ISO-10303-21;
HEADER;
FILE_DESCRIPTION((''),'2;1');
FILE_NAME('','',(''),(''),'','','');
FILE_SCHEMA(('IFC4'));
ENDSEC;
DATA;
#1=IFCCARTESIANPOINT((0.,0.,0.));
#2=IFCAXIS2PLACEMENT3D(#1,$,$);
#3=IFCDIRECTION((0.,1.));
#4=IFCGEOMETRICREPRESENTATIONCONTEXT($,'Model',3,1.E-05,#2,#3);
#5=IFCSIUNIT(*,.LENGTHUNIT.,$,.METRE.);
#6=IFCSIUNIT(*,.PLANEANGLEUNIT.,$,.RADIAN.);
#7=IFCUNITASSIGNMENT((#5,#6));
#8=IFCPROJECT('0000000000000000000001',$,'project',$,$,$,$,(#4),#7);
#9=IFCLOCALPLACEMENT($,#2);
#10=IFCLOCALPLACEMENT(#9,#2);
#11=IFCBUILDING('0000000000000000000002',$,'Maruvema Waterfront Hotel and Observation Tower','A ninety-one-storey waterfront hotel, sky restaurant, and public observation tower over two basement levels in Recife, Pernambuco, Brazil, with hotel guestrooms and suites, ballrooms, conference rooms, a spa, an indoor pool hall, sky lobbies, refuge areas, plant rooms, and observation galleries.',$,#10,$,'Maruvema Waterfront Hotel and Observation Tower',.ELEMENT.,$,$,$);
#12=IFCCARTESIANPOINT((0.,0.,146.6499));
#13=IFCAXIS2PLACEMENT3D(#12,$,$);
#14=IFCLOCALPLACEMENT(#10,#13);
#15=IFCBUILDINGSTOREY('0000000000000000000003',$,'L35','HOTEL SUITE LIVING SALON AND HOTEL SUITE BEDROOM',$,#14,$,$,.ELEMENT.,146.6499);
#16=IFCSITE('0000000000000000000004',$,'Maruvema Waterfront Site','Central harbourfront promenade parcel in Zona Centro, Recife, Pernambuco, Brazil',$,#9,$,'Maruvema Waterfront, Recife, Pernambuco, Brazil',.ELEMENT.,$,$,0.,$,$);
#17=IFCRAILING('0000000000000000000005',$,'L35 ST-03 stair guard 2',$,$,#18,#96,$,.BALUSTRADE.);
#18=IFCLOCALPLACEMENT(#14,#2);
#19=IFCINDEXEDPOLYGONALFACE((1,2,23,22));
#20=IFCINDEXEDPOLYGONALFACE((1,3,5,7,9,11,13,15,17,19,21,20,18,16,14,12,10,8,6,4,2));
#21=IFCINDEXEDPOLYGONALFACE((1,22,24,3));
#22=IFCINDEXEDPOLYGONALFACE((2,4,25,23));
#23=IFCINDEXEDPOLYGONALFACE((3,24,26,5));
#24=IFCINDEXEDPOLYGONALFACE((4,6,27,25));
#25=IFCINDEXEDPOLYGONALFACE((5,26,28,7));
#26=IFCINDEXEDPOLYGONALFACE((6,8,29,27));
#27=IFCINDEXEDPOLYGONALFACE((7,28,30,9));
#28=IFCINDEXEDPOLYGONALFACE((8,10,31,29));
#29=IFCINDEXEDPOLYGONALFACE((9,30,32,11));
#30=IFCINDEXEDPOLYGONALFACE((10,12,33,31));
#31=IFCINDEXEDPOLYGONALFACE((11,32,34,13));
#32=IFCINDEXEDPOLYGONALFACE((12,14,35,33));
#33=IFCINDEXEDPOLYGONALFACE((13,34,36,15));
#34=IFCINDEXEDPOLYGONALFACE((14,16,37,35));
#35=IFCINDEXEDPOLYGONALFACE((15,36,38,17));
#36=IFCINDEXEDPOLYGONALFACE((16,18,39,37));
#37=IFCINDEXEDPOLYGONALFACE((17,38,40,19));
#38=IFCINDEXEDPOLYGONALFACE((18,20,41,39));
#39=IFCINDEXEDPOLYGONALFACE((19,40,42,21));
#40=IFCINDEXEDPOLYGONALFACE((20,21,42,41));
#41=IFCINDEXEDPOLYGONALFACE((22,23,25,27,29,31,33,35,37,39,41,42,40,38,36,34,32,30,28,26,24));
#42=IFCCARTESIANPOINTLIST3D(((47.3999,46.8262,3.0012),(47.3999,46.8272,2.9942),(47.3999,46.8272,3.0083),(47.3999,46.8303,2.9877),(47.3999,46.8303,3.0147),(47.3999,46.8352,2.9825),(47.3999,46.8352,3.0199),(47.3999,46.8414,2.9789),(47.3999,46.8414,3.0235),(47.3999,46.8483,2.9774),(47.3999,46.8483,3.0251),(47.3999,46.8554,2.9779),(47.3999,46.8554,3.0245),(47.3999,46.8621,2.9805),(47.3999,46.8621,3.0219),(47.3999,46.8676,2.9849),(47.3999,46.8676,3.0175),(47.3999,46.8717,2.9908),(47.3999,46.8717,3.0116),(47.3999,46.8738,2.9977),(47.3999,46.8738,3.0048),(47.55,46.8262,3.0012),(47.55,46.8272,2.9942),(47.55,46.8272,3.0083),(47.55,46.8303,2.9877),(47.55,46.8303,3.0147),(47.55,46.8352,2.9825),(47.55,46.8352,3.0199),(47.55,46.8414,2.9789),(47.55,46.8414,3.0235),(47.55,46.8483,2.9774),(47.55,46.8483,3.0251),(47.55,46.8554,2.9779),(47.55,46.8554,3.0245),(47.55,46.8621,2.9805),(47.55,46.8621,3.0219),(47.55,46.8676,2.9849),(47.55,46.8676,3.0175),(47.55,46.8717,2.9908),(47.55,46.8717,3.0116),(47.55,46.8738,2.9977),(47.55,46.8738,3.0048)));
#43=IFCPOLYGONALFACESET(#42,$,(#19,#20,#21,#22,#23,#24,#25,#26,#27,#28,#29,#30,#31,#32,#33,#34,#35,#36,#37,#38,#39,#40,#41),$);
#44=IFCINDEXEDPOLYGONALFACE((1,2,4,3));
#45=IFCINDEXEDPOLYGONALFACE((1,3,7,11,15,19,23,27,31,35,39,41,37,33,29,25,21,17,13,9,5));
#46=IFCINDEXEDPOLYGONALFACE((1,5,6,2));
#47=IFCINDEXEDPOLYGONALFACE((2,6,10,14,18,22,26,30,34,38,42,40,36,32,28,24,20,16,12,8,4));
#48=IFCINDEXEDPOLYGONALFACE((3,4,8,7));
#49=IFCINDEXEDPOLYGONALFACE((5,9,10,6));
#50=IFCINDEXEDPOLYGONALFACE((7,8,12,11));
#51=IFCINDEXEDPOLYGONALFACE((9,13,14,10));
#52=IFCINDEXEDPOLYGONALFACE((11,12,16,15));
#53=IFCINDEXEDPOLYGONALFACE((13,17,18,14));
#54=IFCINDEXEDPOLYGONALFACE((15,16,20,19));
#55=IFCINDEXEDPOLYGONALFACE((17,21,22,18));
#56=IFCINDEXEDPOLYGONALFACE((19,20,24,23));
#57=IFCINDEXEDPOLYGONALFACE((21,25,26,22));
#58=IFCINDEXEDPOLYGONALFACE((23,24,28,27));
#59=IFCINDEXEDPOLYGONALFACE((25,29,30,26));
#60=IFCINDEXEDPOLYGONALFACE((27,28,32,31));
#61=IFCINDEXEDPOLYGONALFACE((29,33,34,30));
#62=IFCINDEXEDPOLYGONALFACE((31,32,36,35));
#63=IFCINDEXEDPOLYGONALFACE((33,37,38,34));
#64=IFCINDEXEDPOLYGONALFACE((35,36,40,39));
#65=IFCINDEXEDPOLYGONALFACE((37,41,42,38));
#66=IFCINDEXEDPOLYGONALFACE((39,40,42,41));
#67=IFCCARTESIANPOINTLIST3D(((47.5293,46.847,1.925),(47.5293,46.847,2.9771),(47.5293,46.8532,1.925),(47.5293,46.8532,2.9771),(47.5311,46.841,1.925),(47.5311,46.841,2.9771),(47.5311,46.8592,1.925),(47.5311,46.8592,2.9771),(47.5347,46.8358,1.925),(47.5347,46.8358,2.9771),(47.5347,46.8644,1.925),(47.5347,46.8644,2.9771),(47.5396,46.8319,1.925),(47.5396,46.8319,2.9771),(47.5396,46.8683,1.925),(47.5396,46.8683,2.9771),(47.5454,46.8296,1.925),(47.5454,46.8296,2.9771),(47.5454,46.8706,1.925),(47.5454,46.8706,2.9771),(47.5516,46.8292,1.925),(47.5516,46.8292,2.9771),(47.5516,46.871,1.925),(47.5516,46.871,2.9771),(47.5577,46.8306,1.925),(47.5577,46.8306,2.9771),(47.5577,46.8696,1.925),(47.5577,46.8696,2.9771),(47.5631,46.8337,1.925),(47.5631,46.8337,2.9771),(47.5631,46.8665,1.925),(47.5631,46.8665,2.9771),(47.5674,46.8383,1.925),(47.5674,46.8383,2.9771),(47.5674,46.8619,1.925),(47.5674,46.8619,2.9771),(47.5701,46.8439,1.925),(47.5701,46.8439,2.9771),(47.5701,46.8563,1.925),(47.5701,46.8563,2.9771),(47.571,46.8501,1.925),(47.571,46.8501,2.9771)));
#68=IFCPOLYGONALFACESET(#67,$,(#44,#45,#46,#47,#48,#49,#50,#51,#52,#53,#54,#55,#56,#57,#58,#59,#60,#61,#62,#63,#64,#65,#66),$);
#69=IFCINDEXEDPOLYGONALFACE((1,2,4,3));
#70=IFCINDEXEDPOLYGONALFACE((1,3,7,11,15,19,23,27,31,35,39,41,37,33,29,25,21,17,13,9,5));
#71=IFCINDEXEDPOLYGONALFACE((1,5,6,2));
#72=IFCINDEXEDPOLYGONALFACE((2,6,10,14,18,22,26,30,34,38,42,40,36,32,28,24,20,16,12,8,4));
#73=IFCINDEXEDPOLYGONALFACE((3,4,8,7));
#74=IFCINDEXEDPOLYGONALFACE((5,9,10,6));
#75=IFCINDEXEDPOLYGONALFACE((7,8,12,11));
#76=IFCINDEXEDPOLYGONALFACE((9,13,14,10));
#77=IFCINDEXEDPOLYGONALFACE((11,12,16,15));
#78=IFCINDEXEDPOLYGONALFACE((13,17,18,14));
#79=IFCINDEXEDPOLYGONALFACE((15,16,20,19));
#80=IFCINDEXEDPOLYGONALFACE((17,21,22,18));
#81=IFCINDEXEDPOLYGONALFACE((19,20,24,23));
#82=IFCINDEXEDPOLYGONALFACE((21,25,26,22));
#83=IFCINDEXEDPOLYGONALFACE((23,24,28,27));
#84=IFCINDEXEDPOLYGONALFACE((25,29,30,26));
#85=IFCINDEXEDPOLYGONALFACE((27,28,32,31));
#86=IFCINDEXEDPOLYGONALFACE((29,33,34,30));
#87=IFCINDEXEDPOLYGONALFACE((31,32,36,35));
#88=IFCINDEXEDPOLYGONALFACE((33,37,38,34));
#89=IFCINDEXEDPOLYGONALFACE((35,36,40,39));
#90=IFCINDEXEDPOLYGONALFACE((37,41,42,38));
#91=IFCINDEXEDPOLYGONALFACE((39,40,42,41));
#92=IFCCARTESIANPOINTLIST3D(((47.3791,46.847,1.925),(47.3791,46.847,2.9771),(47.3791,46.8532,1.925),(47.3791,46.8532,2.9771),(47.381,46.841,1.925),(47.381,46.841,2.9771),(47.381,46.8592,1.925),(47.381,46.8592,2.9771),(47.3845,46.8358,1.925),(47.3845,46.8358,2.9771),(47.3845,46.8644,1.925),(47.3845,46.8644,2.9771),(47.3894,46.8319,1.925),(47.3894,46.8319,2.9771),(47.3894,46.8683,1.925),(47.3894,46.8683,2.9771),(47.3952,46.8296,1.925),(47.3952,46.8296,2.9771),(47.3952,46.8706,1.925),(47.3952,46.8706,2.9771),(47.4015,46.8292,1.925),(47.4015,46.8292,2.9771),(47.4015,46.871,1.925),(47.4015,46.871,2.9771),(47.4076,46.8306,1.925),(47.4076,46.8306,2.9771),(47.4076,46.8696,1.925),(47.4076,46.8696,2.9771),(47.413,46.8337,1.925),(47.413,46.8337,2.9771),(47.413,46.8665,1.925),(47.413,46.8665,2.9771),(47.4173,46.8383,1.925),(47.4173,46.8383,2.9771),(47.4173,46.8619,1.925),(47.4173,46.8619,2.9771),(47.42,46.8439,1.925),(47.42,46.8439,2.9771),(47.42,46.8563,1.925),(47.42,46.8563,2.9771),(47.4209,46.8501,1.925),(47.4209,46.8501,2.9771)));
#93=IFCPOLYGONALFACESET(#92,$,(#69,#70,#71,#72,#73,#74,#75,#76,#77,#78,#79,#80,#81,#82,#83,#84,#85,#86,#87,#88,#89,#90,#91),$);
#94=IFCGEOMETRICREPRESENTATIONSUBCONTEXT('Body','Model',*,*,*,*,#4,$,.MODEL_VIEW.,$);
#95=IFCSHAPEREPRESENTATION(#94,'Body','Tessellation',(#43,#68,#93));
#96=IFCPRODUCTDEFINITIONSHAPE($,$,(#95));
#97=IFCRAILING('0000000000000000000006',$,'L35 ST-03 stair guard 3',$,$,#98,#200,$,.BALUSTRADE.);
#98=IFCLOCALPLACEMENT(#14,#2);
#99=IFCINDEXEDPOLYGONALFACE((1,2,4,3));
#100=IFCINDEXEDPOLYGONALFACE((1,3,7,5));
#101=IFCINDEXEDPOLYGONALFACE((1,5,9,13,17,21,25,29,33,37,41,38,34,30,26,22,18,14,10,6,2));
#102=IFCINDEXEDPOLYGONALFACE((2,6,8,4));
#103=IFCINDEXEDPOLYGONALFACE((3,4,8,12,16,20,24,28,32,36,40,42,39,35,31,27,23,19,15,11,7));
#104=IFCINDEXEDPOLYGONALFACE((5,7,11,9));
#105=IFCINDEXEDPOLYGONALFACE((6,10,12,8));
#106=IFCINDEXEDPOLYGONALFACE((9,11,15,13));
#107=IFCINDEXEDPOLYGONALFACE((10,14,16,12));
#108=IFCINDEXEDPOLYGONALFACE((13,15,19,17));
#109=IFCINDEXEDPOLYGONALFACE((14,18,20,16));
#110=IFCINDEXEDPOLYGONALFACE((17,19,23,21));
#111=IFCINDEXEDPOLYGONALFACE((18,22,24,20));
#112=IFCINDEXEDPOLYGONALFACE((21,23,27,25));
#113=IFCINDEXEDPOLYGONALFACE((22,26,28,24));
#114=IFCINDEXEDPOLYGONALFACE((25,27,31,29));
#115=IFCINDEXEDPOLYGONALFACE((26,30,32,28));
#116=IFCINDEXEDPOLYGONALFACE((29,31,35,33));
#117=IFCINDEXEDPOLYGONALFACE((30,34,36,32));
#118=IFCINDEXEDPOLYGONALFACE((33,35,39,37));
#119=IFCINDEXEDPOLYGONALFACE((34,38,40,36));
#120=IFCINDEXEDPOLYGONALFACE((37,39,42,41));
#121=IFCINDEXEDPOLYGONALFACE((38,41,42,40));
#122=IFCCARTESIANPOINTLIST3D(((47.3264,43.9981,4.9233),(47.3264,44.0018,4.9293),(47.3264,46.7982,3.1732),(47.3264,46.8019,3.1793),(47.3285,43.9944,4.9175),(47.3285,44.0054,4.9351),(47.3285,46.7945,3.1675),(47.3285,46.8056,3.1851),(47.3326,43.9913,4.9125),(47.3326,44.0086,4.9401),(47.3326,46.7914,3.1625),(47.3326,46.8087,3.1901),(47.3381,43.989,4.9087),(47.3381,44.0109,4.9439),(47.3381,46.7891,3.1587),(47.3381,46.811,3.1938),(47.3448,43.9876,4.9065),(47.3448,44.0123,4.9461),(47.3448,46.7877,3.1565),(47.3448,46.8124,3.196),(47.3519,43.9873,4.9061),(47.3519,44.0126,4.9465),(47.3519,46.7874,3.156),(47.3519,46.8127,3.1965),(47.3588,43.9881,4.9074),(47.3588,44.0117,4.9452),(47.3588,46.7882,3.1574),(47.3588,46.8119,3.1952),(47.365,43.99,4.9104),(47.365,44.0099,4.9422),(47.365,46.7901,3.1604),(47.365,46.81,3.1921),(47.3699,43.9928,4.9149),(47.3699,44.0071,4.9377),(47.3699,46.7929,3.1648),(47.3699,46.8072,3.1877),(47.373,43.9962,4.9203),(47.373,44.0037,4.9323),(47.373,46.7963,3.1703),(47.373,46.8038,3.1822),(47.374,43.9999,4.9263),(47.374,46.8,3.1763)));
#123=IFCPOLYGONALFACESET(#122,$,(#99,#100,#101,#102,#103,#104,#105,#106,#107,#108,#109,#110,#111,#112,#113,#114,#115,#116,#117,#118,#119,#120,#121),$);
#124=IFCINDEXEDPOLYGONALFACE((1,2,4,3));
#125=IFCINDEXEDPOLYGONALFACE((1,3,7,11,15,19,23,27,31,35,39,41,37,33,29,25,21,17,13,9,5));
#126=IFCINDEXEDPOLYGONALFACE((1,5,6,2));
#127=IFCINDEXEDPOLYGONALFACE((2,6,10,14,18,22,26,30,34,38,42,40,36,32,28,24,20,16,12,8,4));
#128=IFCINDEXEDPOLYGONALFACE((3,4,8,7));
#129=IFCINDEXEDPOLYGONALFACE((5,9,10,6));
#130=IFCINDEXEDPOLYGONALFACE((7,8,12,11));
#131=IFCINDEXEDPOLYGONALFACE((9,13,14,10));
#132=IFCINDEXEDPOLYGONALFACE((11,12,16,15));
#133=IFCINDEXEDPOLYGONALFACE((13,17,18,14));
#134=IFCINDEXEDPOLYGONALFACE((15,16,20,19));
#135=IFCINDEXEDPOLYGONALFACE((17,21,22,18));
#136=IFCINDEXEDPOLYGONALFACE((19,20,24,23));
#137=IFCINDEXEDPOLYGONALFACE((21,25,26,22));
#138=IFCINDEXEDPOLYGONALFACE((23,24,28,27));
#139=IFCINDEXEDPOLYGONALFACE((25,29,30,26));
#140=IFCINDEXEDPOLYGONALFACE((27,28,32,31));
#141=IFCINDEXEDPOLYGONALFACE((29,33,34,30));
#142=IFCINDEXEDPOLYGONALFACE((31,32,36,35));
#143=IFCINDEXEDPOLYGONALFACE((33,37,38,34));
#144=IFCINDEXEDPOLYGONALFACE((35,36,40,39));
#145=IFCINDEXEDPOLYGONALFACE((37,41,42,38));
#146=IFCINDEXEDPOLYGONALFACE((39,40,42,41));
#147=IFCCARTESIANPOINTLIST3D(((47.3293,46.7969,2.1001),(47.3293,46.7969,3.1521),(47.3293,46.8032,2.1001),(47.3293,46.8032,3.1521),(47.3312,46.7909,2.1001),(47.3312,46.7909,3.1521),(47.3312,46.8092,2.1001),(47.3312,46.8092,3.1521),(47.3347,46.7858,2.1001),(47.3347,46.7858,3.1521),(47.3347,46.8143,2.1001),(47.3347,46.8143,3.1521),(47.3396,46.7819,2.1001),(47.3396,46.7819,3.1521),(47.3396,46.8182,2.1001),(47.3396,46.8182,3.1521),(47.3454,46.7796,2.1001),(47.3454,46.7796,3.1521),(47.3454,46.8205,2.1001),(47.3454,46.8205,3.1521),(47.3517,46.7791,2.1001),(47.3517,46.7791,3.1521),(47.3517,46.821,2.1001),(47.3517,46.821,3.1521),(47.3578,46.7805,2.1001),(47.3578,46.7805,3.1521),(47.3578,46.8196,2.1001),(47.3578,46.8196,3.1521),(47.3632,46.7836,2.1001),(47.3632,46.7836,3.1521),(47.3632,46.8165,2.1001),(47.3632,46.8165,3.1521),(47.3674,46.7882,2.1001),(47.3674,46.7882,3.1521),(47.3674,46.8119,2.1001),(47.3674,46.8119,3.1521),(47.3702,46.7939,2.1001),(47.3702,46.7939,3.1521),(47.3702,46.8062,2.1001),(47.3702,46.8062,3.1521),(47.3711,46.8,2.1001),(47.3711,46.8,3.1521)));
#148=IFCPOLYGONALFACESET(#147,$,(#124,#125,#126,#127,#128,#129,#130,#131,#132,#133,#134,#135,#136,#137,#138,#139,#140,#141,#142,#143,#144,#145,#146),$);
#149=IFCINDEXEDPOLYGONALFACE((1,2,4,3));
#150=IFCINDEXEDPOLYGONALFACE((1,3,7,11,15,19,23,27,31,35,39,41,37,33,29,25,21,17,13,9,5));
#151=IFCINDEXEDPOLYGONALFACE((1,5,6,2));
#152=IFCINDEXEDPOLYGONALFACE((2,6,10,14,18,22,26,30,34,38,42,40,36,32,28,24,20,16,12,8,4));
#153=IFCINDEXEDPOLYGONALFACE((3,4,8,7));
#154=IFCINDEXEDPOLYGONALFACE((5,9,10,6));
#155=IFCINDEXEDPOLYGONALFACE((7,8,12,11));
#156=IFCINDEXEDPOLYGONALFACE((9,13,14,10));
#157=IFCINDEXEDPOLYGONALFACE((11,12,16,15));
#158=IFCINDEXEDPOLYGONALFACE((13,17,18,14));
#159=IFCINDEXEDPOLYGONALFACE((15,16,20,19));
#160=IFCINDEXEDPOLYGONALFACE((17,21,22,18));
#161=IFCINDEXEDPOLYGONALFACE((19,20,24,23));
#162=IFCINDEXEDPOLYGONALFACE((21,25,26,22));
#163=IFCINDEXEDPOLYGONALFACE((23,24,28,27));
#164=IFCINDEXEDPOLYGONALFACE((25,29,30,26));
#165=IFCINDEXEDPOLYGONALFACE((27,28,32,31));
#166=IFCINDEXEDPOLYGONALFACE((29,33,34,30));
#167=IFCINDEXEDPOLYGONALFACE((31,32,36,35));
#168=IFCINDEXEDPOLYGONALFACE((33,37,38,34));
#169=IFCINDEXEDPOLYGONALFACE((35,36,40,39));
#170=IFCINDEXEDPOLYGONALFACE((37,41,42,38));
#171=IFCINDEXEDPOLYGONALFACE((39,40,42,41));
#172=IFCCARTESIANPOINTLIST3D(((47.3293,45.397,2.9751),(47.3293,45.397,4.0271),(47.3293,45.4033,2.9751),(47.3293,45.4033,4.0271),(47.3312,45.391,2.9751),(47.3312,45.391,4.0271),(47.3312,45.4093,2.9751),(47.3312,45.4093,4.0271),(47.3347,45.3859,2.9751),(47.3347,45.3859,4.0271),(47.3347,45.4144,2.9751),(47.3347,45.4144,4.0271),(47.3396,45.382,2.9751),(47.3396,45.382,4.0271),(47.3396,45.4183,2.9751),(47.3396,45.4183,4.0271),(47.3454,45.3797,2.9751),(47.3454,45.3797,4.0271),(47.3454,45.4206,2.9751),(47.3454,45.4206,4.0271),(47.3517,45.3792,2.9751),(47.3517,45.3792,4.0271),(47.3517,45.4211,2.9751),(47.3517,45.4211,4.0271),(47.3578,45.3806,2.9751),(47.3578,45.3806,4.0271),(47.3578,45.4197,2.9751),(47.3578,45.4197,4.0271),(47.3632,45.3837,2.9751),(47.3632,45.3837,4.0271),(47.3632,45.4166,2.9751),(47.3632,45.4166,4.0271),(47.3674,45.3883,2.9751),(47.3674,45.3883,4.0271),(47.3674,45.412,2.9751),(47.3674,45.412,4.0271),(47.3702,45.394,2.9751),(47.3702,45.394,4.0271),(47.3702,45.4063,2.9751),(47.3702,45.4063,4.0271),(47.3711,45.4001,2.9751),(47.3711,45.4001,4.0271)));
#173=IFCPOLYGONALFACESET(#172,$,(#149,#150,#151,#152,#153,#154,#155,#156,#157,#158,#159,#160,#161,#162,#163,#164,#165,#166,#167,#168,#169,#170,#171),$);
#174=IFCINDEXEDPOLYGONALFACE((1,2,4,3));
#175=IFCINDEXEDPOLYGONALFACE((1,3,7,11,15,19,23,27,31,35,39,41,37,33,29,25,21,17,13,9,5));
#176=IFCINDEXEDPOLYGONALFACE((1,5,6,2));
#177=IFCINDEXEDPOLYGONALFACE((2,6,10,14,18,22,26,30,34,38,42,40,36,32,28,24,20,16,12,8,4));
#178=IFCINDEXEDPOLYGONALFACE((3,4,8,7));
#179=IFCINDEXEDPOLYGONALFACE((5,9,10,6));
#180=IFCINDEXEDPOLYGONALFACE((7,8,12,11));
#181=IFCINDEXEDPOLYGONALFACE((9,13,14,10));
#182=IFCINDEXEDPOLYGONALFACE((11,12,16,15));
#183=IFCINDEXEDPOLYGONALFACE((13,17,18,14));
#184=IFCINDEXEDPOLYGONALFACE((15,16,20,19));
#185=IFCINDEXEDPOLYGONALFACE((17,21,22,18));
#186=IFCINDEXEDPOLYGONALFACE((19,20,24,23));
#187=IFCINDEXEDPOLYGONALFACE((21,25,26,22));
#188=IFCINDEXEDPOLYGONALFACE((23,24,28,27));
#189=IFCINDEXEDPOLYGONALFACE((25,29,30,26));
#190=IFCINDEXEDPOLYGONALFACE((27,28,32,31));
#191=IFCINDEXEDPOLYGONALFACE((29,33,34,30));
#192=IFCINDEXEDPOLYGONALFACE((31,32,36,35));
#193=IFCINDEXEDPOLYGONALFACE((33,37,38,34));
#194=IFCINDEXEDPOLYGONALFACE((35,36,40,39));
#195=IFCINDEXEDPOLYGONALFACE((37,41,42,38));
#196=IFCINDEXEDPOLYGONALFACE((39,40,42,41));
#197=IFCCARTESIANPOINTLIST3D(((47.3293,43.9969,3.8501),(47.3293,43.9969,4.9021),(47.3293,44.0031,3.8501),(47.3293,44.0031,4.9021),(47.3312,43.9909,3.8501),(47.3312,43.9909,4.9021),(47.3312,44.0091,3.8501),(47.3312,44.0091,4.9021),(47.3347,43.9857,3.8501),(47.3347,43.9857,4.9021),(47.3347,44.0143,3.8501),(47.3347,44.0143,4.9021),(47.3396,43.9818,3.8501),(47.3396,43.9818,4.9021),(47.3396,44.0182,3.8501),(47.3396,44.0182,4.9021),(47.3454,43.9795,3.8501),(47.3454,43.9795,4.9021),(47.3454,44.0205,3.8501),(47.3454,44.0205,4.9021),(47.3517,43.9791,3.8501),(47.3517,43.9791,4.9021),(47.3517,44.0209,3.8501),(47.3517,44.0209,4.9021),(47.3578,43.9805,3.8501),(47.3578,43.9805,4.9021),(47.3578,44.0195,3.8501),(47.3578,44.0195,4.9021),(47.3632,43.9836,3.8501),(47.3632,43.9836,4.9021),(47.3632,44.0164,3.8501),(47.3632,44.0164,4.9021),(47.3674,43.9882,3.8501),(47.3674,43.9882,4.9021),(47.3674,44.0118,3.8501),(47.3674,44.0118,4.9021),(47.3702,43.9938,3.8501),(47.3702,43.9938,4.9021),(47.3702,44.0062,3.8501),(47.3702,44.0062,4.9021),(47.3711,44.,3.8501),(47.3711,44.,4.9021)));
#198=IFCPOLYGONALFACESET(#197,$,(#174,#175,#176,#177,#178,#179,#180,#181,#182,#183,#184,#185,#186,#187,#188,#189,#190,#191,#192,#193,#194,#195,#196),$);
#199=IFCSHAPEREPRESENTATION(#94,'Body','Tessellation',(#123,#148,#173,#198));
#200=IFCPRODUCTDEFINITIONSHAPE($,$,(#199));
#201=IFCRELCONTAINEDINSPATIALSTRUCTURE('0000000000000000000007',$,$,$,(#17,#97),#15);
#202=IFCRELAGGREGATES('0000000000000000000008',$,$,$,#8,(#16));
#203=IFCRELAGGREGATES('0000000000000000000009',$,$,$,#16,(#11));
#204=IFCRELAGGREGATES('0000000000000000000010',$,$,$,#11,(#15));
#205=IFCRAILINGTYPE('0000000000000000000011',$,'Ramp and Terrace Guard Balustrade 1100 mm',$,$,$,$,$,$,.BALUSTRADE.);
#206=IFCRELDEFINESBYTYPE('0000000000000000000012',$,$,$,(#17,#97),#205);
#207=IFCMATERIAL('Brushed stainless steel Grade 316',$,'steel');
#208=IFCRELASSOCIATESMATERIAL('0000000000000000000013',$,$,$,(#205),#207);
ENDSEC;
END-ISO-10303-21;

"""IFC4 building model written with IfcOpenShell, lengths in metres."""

from ifc_helpers import new_model, si_unit, direction, frame, origin, origin_2d, place, context, subcontext, project, spatial, circle, extrude, material, type_object, element, save


model = new_model("IFC4")

# Units and contexts
model_context = context("Model", 3, precision=1e-05, world=origin(), true_north=direction((0.0, 1.0)))
body_context = subcontext(model_context, "Body", "Model", "MODEL_VIEW")
ifc_project = project(units=[si_unit("LENGTHUNIT", "METRE"), si_unit("PLANEANGLEUNIT", "RADIAN")], contexts=[model_context])

# Site, building, storey
site_placement = place(None, origin())
site = spatial("IfcSite", under=ifc_project, at=site_placement, Name="Maruvema Waterfront Site", Description="Central harbourfront promenade parcel in Zona Centro, Recife, Pernambuco, Brazil", LongName="Maruvema Waterfront, Recife, Pernambuco, Brazil", CompositionType="ELEMENT", RefElevation=0.0)
building_placement = place(site_placement, origin())
building = spatial("IfcBuilding", under=site, at=building_placement, Name="Maruvema Waterfront Hotel and Observation Tower", Description="A ninety-one-storey waterfront hotel, sky restaurant, and public observation tower over two basement levels in Recife, Pernambuco, Brazil, with hotel guestrooms and suites, ballrooms, conference rooms, a spa, an indoor pool hall, sky lobbies, refuge areas, plant rooms, and observation galleries.", LongName="Maruvema Waterfront Hotel and Observation Tower", CompositionType="ELEMENT")
storey_placement = place(building_placement, frame((0.0, 0.0, 146.6499)))
storey = spatial("IfcBuildingStorey", under=building, at=storey_placement, Name="L35", Description="HOTEL SUITE LIVING SALON AND HOTEL SUITE BEDROOM", CompositionType="ELEMENT", Elevation=146.6499)

# Railings
ifc_material_1 = material(Name="Brushed stainless steel Grade 316", Category="steel")
railing_type_1 = type_object("IfcRailingType", Name="Ramp and Terrace Guard Balustrade 1100 mm", PredefinedType="BALUSTRADE", material=ifc_material_1)
railing_1_placement = place(storey_placement, frame((47.55, 46.8501, 1.925)))
element("IfcRailing", 1, at=railing_1_placement, inside=storey, type_object=railing_type_1, Name="L35 ST-03 stair guard 2", PredefinedType="BALUSTRADE", context=body_context, shape_type="SweptSolid", body=[
    extrude(circle(Radius=0.0239, at=origin_2d()), frame((0.0, 0.0, 1.0762), z_axis=(-1.0, 0.0, 0.0), x_axis=(0.0, -1.0, 0.0)), (0.0, 0.0, 1.0), 0.1501),
    extrude(circle(Radius=0.021, at=origin_2d()), origin(), (0.0, 0.0, 1.0), 1.052),
    extrude(circle(Radius=0.021, at=origin_2d()), frame((-0.1501, 0.0, 0.0)), (0.0, 0.0, 1.0), 1.052),
])
railing_2_placement = place(storey_placement, frame((47.3501, 46.8, 2.1001)))
element("IfcRailing", 2, at=railing_2_placement, inside=storey, type_object=railing_type_1, Name="L35 ST-03 stair guard 3", PredefinedType="BALUSTRADE", context=body_context, shape_type="SweptSolid", body=[
    extrude(circle(Radius=0.0239, at=origin_2d()), frame((0.0, 0.0, 1.0762), z_axis=(0.0, -0.848002, 0.529992), x_axis=(1.0, 0.0, 0.0)), (0.0, 0.0, 1.0), 3.302),
    extrude(circle(Radius=0.021, at=origin_2d()), origin(), (0.0, 0.0, 1.0), 1.052),
    extrude(circle(Radius=0.021, at=origin_2d()), frame((0.0, -1.3999, 0.875)), (0.0, 0.0, 1.0), 1.052),
    extrude(circle(Radius=0.021, at=origin_2d()), frame((0.0, -2.8, 1.75)), (0.0, 0.0, 1.0), 1.052),
])

save(model, "model.ifc")
